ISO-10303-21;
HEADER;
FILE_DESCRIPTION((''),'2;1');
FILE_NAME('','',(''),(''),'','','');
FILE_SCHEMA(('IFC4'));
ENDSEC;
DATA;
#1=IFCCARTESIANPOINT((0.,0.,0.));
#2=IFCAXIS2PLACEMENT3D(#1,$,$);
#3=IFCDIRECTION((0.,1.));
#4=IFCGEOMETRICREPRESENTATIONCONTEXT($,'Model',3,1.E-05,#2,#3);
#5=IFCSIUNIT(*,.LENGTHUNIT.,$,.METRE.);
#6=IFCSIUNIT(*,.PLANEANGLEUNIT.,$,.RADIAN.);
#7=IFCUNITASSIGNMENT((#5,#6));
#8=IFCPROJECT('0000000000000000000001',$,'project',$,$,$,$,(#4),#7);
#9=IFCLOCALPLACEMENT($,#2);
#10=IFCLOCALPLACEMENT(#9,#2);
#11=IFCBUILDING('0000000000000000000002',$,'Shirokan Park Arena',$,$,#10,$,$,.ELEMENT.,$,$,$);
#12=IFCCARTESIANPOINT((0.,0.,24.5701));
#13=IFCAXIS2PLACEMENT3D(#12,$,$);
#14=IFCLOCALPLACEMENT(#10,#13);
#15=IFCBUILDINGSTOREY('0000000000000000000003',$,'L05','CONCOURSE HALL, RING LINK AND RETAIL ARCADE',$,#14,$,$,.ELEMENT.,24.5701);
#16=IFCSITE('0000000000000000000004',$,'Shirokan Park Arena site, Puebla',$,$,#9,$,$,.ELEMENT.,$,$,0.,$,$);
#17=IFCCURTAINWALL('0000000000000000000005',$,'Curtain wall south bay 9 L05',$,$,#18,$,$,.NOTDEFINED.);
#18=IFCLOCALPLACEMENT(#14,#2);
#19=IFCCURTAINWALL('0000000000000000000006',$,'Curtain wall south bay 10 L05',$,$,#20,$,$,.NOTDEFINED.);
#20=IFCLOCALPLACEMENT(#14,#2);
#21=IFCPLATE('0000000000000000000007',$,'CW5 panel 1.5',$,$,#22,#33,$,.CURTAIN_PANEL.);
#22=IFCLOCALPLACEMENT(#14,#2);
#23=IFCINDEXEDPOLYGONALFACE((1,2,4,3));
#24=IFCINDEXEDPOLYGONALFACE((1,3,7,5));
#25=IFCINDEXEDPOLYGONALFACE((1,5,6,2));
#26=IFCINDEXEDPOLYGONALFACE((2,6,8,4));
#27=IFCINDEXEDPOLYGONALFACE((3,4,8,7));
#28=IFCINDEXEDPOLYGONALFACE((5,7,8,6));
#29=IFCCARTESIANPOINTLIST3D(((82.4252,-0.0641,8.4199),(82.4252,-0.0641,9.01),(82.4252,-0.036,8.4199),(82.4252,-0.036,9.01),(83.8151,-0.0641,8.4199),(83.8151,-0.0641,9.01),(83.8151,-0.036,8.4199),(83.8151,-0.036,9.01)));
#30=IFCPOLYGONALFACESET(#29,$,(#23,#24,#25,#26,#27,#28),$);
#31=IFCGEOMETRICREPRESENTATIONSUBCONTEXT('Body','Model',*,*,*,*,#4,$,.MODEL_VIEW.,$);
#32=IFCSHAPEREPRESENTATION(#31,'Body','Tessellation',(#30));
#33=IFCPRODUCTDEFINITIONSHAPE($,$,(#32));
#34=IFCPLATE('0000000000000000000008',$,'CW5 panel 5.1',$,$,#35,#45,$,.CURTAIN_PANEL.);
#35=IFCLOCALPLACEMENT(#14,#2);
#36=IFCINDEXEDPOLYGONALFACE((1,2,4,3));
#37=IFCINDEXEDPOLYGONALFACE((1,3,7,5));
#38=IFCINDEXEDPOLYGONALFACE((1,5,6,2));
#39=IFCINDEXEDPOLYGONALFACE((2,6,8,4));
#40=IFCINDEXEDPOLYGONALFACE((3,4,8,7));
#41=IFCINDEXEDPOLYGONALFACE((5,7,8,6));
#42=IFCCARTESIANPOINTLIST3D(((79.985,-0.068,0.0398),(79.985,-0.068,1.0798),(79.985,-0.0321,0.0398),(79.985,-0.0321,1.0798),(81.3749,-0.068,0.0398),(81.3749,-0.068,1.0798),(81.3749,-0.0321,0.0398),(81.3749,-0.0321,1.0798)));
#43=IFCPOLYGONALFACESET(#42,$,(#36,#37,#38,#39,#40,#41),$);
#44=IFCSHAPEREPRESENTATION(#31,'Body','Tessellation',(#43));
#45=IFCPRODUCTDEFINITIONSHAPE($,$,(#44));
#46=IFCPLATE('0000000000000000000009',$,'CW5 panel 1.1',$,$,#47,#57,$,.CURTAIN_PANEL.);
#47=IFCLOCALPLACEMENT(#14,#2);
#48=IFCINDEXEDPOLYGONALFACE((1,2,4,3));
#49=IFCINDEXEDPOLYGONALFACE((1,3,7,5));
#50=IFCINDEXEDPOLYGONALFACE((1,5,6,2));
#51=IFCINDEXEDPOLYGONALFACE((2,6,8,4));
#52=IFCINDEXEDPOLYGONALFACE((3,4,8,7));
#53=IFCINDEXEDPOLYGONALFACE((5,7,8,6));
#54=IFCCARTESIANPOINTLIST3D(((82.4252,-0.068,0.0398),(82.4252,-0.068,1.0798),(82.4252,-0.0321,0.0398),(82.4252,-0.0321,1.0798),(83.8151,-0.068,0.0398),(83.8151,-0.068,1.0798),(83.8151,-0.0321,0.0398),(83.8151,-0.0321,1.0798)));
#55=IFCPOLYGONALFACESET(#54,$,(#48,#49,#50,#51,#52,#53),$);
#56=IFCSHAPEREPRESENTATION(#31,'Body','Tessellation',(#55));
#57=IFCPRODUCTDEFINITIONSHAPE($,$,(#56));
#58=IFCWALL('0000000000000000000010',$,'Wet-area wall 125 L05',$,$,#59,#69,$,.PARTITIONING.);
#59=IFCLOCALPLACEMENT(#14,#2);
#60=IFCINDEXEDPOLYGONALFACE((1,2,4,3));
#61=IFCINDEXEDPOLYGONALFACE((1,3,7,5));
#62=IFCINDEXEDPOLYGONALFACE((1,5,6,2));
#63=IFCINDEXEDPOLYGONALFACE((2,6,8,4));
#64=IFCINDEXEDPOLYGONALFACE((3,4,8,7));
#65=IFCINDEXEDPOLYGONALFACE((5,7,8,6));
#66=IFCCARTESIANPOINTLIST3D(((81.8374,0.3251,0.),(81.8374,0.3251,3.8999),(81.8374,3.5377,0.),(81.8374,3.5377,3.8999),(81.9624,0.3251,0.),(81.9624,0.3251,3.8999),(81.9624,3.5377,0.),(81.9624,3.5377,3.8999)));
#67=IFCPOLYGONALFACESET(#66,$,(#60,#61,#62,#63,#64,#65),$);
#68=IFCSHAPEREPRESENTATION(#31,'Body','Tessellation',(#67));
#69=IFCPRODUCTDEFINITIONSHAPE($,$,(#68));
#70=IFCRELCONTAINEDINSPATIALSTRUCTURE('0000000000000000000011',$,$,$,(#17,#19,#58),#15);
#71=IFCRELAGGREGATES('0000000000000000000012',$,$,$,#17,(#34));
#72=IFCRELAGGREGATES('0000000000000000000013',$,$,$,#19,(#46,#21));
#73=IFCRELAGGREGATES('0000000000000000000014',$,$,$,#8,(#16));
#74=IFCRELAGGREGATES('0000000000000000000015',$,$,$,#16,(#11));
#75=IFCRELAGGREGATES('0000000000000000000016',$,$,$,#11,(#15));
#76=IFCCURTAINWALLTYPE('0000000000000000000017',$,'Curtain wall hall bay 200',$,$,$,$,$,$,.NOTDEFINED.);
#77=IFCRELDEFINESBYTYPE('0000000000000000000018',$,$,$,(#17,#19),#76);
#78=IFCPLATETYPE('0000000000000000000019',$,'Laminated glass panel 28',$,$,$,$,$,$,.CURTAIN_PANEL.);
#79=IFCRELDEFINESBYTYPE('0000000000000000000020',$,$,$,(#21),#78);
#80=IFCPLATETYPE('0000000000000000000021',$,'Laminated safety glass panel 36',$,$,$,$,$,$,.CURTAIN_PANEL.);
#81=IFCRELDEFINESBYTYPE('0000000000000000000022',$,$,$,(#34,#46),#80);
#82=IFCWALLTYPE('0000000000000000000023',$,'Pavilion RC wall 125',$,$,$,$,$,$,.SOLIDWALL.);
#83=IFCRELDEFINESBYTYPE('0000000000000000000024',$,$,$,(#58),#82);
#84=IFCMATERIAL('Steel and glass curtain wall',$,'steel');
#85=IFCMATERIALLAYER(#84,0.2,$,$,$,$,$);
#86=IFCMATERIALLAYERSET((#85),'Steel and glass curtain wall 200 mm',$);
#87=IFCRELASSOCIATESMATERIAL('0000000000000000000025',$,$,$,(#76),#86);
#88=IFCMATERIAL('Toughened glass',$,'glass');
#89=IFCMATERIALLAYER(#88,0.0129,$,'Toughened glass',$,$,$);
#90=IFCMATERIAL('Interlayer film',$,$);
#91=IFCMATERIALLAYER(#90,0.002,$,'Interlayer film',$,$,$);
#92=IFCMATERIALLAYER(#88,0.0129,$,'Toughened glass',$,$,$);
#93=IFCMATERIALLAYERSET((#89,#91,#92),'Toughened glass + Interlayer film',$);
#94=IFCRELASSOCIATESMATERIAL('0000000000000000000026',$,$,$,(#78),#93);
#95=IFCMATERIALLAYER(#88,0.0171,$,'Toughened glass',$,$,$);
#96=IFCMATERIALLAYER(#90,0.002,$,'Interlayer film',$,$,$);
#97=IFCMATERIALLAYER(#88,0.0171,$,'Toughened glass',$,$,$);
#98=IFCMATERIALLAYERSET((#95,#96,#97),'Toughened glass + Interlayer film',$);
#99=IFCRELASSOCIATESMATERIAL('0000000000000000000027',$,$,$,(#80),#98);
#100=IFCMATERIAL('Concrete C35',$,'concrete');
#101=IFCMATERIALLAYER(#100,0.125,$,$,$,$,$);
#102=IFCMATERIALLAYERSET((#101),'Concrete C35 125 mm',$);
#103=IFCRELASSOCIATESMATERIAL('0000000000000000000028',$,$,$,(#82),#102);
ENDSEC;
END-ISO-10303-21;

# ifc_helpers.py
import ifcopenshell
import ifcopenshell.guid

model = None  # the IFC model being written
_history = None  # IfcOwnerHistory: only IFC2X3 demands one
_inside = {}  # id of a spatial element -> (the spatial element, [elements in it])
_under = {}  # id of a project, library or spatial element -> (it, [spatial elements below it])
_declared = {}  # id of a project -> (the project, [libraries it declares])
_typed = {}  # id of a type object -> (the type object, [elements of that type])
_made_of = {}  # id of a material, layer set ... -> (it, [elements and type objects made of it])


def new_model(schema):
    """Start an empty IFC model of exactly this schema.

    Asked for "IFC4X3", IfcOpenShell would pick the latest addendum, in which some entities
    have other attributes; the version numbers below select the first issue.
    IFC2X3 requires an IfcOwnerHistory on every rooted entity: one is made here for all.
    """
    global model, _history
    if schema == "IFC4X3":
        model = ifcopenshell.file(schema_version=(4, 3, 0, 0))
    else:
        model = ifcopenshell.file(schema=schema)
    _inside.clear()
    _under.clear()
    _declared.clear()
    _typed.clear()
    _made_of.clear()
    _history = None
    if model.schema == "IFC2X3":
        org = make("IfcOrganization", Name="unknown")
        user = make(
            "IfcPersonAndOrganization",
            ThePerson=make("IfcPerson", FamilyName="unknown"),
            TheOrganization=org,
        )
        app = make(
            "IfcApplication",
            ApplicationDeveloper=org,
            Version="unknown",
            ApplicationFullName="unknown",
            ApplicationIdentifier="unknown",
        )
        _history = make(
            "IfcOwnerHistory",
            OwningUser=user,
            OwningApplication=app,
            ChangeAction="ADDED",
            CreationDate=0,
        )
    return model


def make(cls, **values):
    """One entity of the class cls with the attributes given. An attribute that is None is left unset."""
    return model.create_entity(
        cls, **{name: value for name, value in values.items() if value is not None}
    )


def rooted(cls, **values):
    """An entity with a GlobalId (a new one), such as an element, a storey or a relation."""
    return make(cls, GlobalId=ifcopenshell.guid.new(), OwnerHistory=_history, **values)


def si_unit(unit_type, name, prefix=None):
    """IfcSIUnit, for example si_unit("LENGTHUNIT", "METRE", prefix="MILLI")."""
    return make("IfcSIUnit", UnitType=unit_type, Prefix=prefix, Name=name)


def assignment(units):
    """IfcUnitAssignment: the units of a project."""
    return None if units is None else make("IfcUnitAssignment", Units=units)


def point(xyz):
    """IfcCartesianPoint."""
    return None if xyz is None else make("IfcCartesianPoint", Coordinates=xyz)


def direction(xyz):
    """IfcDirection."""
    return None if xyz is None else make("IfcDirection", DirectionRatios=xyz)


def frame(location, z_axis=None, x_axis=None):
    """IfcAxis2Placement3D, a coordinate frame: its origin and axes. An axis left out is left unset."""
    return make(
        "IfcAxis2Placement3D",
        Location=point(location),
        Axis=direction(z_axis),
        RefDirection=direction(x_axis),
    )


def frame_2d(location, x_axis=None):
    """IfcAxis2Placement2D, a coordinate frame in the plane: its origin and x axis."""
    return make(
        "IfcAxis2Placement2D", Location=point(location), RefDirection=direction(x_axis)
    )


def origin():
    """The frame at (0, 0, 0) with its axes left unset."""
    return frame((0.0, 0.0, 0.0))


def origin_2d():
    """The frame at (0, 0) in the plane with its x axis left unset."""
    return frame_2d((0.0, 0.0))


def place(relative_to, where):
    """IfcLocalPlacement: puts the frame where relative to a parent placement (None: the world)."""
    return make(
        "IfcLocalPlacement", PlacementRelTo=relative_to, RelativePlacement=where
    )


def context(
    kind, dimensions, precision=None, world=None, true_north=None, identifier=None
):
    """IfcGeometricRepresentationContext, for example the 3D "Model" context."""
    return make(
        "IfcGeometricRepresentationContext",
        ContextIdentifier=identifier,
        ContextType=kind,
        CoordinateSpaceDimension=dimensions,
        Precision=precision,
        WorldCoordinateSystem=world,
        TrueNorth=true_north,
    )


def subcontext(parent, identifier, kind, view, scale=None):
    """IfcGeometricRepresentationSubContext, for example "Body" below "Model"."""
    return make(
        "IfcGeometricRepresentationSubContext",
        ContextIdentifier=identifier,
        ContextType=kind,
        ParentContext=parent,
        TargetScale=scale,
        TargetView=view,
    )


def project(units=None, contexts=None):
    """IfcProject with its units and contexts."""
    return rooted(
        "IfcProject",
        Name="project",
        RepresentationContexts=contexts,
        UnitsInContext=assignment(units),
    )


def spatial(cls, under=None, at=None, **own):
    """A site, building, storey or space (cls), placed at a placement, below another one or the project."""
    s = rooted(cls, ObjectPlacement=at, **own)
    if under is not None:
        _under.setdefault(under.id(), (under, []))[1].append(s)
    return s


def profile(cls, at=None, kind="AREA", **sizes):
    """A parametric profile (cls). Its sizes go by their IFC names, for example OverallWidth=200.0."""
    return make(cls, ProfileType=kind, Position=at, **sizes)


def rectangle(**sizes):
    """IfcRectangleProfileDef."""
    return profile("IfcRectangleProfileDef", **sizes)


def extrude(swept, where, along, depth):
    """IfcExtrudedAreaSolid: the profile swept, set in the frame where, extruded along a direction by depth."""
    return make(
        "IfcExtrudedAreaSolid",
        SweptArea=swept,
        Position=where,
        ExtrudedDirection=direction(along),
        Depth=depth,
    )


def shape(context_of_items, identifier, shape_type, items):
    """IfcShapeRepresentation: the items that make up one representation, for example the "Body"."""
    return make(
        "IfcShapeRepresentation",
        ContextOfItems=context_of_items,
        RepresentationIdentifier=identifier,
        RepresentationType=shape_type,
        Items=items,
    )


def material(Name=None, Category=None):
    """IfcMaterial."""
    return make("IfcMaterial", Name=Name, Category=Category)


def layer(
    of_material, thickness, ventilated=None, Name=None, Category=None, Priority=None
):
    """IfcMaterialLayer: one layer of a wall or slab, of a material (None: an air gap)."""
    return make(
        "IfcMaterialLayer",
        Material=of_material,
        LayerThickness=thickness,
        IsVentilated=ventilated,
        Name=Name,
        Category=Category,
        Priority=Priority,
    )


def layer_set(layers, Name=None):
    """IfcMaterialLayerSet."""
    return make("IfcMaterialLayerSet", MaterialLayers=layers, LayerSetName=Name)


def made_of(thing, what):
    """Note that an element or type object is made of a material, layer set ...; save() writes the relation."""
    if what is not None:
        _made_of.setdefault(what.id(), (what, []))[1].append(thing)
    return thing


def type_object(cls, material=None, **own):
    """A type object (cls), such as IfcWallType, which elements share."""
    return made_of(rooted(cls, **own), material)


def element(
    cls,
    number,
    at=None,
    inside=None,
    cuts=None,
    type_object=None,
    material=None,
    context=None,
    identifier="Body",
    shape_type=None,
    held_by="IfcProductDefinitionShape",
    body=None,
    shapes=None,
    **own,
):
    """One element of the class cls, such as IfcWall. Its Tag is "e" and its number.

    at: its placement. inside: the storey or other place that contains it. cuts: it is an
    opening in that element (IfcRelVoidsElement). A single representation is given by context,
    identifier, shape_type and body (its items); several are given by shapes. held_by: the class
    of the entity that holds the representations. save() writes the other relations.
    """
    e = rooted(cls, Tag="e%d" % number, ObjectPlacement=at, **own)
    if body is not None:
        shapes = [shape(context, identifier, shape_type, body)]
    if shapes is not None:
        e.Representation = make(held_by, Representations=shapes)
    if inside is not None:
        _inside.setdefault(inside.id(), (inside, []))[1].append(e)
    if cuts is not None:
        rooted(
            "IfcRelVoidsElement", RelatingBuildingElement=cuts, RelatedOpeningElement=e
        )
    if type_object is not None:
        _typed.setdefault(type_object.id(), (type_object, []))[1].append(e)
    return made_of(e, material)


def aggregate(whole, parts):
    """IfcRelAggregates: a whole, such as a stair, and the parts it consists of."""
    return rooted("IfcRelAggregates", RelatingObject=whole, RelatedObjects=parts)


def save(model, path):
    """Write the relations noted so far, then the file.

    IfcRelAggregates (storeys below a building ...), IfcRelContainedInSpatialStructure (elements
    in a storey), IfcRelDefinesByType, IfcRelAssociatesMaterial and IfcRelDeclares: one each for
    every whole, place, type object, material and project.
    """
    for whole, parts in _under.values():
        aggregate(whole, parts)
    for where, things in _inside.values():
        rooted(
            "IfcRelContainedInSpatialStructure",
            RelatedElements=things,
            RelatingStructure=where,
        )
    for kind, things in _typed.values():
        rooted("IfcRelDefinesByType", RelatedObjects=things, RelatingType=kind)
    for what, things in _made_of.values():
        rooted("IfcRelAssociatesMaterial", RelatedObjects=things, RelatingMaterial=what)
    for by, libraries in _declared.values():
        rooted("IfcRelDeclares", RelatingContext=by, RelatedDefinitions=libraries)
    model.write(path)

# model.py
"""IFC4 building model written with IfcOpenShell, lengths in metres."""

from ifc_helpers import new_model, si_unit, direction, frame, frame_2d, origin, origin_2d, place, context, subcontext, project, spatial, rectangle, extrude, material, layer, layer_set, type_object, element, aggregate, save


model = new_model("IFC4")

# Units and contexts
model_context = context("Model", 3, precision=1e-05, world=origin(), true_north=direction((0.0, 1.0)))
body_context = subcontext(model_context, "Body", "Model", "MODEL_VIEW")
ifc_project = project(units=[si_unit("LENGTHUNIT", "METRE"), si_unit("PLANEANGLEUNIT", "RADIAN")], contexts=[model_context])

# Site, building, storey
site_placement = place(None, origin())
site = spatial("IfcSite", under=ifc_project, at=site_placement, Name="Shirokan Park Arena site, Puebla", CompositionType="ELEMENT", RefElevation=0.0)
building_placement = place(site_placement, origin())
building = spatial("IfcBuilding", under=site, at=building_placement, Name="Shirokan Park Arena", CompositionType="ELEMENT")
storey_placement = place(building_placement, frame((0.0, 0.0, 24.5701)))
storey = spatial("IfcBuildingStorey", under=building, at=storey_placement, Name="L05", Description="CONCOURSE HALL, RING LINK AND RETAIL ARCADE", CompositionType="ELEMENT", Elevation=24.5701)

# Shared definitions
ifc_material_1 = material(Name="Concrete C35", Category="concrete")

# Curtain walls
ifc_material_2 = material(Name="Steel and glass curtain wall", Category="steel")
ifc_layer_1 = layer(ifc_material_2, 0.2)
ifc_layer_set_1 = layer_set([ifc_layer_1], Name="Steel and glass curtain wall 200 mm")
curtain_wall_type = type_object("IfcCurtainWallType", Name="Curtain wall hall bay 200", PredefinedType="NOTDEFINED", material=ifc_layer_set_1)
curtain_wall_1_placement = place(storey_placement, origin())
curtain_wall_1 = element("IfcCurtainWall", 1, at=curtain_wall_1_placement, inside=storey, type_object=curtain_wall_type, Name="Curtain wall south bay 9 L05", PredefinedType="NOTDEFINED")
curtain_wall_2_placement = place(storey_placement, origin())
curtain_wall_2 = element("IfcCurtainWall", 2, at=curtain_wall_2_placement, inside=storey, type_object=curtain_wall_type, Name="Curtain wall south bay 10 L05", PredefinedType="NOTDEFINED")

# Plates
ifc_material_3 = material(Name="Toughened glass", Category="glass")
ifc_layer_2 = layer(ifc_material_3, 0.0129, Name="Toughened glass")
ifc_material_4 = material(Name="Interlayer film")
ifc_layer_3 = layer(ifc_material_4, 0.002, Name="Interlayer film")
ifc_layer_4 = layer(ifc_material_3, 0.0129, Name="Toughened glass")
ifc_layer_set_2 = layer_set([ifc_layer_2, ifc_layer_3, ifc_layer_4], Name="Toughened glass + Interlayer film")
plate_type_1 = type_object("IfcPlateType", Name="Laminated glass panel 28", PredefinedType="CURTAIN_PANEL", material=ifc_layer_set_2)
plate_1_placement = place(storey_placement, frame((83.1201, -0.05, 8.4199), z_axis=(0.0, 0.0, 1.0), x_axis=(1.0, 0.0, 0.0)))
plate_1 = element("IfcPlate", 3, at=plate_1_placement, type_object=plate_type_1, Name="CW5 panel 1.5", PredefinedType="CURTAIN_PANEL", context=body_context, shape_type="SweptSolid", body=[
    extrude(rectangle(XDim=1.3899, YDim=0.0281, at=origin_2d()), origin(), (0.0, 0.0, 1.0), 0.5901),
])
ifc_layer_5 = layer(ifc_material_3, 0.0171, Name="Toughened glass")
ifc_layer_6 = layer(ifc_material_4, 0.002, Name="Interlayer film")
ifc_layer_7 = layer(ifc_material_3, 0.0171, Name="Toughened glass")
ifc_layer_set_3 = layer_set([ifc_layer_5, ifc_layer_6, ifc_layer_7], Name="Toughened glass + Interlayer film")
plate_type_2 = type_object("IfcPlateType", Name="Laminated safety glass panel 36", PredefinedType="CURTAIN_PANEL", material=ifc_layer_set_3)
plate_2_placement = place(storey_placement, frame((80.6799, -0.05, 0.0398), z_axis=(0.0, 0.0, 1.0), x_axis=(1.0, 0.0, 0.0)))
plate_2 = element("IfcPlate", 4, at=plate_2_placement, type_object=plate_type_2, Name="CW5 panel 5.1", PredefinedType="CURTAIN_PANEL", context=body_context, shape_type="SweptSolid", body=[
    extrude(rectangle(XDim=1.3899, YDim=0.0359, at=origin_2d()), origin(), (0.0, 0.0, 1.0), 1.04),
])
aggregate(curtain_wall_1, [plate_2])
plate_3_placement = place(storey_placement, frame((83.1201, -0.05, 0.0398), z_axis=(0.0, 0.0, 1.0), x_axis=(1.0, 0.0, 0.0)))
plate_3 = element("IfcPlate", 5, at=plate_3_placement, type_object=plate_type_2, Name="CW5 panel 1.1", PredefinedType="CURTAIN_PANEL", context=body_context, shape_type="SweptSolid", body=[
    extrude(rectangle(XDim=1.3899, YDim=0.0359, at=origin_2d()), origin(), (0.0, 0.0, 1.0), 1.04),
])
aggregate(curtain_wall_2, [plate_3, plate_1])

# Wall
ifc_layer_8 = layer(ifc_material_1, 0.125)
ifc_layer_set_4 = layer_set([ifc_layer_8], Name="Concrete C35 125 mm")
wall_type = type_object("IfcWallType", Name="Pavilion RC wall 125", PredefinedType="SOLIDWALL", material=ifc_layer_set_4)
wall_placement = place(storey_placement, frame((81.8999, 0.325, 0.0), z_axis=(0.0, 0.0, 1.0), x_axis=(0.0, 1.0, 0.0)))
element("IfcWall", 6, at=wall_placement, inside=storey, type_object=wall_type, Name="Wet-area wall 125 L05", PredefinedType="PARTITIONING", context=body_context, shape_type="SweptSolid", body=[
    extrude(rectangle(XDim=3.2126, YDim=0.125, at=frame_2d((1.6064, 0.0))), origin(), (0.0, 0.0, 1.0), 3.8999),
])

save(model, "model.ifc")
